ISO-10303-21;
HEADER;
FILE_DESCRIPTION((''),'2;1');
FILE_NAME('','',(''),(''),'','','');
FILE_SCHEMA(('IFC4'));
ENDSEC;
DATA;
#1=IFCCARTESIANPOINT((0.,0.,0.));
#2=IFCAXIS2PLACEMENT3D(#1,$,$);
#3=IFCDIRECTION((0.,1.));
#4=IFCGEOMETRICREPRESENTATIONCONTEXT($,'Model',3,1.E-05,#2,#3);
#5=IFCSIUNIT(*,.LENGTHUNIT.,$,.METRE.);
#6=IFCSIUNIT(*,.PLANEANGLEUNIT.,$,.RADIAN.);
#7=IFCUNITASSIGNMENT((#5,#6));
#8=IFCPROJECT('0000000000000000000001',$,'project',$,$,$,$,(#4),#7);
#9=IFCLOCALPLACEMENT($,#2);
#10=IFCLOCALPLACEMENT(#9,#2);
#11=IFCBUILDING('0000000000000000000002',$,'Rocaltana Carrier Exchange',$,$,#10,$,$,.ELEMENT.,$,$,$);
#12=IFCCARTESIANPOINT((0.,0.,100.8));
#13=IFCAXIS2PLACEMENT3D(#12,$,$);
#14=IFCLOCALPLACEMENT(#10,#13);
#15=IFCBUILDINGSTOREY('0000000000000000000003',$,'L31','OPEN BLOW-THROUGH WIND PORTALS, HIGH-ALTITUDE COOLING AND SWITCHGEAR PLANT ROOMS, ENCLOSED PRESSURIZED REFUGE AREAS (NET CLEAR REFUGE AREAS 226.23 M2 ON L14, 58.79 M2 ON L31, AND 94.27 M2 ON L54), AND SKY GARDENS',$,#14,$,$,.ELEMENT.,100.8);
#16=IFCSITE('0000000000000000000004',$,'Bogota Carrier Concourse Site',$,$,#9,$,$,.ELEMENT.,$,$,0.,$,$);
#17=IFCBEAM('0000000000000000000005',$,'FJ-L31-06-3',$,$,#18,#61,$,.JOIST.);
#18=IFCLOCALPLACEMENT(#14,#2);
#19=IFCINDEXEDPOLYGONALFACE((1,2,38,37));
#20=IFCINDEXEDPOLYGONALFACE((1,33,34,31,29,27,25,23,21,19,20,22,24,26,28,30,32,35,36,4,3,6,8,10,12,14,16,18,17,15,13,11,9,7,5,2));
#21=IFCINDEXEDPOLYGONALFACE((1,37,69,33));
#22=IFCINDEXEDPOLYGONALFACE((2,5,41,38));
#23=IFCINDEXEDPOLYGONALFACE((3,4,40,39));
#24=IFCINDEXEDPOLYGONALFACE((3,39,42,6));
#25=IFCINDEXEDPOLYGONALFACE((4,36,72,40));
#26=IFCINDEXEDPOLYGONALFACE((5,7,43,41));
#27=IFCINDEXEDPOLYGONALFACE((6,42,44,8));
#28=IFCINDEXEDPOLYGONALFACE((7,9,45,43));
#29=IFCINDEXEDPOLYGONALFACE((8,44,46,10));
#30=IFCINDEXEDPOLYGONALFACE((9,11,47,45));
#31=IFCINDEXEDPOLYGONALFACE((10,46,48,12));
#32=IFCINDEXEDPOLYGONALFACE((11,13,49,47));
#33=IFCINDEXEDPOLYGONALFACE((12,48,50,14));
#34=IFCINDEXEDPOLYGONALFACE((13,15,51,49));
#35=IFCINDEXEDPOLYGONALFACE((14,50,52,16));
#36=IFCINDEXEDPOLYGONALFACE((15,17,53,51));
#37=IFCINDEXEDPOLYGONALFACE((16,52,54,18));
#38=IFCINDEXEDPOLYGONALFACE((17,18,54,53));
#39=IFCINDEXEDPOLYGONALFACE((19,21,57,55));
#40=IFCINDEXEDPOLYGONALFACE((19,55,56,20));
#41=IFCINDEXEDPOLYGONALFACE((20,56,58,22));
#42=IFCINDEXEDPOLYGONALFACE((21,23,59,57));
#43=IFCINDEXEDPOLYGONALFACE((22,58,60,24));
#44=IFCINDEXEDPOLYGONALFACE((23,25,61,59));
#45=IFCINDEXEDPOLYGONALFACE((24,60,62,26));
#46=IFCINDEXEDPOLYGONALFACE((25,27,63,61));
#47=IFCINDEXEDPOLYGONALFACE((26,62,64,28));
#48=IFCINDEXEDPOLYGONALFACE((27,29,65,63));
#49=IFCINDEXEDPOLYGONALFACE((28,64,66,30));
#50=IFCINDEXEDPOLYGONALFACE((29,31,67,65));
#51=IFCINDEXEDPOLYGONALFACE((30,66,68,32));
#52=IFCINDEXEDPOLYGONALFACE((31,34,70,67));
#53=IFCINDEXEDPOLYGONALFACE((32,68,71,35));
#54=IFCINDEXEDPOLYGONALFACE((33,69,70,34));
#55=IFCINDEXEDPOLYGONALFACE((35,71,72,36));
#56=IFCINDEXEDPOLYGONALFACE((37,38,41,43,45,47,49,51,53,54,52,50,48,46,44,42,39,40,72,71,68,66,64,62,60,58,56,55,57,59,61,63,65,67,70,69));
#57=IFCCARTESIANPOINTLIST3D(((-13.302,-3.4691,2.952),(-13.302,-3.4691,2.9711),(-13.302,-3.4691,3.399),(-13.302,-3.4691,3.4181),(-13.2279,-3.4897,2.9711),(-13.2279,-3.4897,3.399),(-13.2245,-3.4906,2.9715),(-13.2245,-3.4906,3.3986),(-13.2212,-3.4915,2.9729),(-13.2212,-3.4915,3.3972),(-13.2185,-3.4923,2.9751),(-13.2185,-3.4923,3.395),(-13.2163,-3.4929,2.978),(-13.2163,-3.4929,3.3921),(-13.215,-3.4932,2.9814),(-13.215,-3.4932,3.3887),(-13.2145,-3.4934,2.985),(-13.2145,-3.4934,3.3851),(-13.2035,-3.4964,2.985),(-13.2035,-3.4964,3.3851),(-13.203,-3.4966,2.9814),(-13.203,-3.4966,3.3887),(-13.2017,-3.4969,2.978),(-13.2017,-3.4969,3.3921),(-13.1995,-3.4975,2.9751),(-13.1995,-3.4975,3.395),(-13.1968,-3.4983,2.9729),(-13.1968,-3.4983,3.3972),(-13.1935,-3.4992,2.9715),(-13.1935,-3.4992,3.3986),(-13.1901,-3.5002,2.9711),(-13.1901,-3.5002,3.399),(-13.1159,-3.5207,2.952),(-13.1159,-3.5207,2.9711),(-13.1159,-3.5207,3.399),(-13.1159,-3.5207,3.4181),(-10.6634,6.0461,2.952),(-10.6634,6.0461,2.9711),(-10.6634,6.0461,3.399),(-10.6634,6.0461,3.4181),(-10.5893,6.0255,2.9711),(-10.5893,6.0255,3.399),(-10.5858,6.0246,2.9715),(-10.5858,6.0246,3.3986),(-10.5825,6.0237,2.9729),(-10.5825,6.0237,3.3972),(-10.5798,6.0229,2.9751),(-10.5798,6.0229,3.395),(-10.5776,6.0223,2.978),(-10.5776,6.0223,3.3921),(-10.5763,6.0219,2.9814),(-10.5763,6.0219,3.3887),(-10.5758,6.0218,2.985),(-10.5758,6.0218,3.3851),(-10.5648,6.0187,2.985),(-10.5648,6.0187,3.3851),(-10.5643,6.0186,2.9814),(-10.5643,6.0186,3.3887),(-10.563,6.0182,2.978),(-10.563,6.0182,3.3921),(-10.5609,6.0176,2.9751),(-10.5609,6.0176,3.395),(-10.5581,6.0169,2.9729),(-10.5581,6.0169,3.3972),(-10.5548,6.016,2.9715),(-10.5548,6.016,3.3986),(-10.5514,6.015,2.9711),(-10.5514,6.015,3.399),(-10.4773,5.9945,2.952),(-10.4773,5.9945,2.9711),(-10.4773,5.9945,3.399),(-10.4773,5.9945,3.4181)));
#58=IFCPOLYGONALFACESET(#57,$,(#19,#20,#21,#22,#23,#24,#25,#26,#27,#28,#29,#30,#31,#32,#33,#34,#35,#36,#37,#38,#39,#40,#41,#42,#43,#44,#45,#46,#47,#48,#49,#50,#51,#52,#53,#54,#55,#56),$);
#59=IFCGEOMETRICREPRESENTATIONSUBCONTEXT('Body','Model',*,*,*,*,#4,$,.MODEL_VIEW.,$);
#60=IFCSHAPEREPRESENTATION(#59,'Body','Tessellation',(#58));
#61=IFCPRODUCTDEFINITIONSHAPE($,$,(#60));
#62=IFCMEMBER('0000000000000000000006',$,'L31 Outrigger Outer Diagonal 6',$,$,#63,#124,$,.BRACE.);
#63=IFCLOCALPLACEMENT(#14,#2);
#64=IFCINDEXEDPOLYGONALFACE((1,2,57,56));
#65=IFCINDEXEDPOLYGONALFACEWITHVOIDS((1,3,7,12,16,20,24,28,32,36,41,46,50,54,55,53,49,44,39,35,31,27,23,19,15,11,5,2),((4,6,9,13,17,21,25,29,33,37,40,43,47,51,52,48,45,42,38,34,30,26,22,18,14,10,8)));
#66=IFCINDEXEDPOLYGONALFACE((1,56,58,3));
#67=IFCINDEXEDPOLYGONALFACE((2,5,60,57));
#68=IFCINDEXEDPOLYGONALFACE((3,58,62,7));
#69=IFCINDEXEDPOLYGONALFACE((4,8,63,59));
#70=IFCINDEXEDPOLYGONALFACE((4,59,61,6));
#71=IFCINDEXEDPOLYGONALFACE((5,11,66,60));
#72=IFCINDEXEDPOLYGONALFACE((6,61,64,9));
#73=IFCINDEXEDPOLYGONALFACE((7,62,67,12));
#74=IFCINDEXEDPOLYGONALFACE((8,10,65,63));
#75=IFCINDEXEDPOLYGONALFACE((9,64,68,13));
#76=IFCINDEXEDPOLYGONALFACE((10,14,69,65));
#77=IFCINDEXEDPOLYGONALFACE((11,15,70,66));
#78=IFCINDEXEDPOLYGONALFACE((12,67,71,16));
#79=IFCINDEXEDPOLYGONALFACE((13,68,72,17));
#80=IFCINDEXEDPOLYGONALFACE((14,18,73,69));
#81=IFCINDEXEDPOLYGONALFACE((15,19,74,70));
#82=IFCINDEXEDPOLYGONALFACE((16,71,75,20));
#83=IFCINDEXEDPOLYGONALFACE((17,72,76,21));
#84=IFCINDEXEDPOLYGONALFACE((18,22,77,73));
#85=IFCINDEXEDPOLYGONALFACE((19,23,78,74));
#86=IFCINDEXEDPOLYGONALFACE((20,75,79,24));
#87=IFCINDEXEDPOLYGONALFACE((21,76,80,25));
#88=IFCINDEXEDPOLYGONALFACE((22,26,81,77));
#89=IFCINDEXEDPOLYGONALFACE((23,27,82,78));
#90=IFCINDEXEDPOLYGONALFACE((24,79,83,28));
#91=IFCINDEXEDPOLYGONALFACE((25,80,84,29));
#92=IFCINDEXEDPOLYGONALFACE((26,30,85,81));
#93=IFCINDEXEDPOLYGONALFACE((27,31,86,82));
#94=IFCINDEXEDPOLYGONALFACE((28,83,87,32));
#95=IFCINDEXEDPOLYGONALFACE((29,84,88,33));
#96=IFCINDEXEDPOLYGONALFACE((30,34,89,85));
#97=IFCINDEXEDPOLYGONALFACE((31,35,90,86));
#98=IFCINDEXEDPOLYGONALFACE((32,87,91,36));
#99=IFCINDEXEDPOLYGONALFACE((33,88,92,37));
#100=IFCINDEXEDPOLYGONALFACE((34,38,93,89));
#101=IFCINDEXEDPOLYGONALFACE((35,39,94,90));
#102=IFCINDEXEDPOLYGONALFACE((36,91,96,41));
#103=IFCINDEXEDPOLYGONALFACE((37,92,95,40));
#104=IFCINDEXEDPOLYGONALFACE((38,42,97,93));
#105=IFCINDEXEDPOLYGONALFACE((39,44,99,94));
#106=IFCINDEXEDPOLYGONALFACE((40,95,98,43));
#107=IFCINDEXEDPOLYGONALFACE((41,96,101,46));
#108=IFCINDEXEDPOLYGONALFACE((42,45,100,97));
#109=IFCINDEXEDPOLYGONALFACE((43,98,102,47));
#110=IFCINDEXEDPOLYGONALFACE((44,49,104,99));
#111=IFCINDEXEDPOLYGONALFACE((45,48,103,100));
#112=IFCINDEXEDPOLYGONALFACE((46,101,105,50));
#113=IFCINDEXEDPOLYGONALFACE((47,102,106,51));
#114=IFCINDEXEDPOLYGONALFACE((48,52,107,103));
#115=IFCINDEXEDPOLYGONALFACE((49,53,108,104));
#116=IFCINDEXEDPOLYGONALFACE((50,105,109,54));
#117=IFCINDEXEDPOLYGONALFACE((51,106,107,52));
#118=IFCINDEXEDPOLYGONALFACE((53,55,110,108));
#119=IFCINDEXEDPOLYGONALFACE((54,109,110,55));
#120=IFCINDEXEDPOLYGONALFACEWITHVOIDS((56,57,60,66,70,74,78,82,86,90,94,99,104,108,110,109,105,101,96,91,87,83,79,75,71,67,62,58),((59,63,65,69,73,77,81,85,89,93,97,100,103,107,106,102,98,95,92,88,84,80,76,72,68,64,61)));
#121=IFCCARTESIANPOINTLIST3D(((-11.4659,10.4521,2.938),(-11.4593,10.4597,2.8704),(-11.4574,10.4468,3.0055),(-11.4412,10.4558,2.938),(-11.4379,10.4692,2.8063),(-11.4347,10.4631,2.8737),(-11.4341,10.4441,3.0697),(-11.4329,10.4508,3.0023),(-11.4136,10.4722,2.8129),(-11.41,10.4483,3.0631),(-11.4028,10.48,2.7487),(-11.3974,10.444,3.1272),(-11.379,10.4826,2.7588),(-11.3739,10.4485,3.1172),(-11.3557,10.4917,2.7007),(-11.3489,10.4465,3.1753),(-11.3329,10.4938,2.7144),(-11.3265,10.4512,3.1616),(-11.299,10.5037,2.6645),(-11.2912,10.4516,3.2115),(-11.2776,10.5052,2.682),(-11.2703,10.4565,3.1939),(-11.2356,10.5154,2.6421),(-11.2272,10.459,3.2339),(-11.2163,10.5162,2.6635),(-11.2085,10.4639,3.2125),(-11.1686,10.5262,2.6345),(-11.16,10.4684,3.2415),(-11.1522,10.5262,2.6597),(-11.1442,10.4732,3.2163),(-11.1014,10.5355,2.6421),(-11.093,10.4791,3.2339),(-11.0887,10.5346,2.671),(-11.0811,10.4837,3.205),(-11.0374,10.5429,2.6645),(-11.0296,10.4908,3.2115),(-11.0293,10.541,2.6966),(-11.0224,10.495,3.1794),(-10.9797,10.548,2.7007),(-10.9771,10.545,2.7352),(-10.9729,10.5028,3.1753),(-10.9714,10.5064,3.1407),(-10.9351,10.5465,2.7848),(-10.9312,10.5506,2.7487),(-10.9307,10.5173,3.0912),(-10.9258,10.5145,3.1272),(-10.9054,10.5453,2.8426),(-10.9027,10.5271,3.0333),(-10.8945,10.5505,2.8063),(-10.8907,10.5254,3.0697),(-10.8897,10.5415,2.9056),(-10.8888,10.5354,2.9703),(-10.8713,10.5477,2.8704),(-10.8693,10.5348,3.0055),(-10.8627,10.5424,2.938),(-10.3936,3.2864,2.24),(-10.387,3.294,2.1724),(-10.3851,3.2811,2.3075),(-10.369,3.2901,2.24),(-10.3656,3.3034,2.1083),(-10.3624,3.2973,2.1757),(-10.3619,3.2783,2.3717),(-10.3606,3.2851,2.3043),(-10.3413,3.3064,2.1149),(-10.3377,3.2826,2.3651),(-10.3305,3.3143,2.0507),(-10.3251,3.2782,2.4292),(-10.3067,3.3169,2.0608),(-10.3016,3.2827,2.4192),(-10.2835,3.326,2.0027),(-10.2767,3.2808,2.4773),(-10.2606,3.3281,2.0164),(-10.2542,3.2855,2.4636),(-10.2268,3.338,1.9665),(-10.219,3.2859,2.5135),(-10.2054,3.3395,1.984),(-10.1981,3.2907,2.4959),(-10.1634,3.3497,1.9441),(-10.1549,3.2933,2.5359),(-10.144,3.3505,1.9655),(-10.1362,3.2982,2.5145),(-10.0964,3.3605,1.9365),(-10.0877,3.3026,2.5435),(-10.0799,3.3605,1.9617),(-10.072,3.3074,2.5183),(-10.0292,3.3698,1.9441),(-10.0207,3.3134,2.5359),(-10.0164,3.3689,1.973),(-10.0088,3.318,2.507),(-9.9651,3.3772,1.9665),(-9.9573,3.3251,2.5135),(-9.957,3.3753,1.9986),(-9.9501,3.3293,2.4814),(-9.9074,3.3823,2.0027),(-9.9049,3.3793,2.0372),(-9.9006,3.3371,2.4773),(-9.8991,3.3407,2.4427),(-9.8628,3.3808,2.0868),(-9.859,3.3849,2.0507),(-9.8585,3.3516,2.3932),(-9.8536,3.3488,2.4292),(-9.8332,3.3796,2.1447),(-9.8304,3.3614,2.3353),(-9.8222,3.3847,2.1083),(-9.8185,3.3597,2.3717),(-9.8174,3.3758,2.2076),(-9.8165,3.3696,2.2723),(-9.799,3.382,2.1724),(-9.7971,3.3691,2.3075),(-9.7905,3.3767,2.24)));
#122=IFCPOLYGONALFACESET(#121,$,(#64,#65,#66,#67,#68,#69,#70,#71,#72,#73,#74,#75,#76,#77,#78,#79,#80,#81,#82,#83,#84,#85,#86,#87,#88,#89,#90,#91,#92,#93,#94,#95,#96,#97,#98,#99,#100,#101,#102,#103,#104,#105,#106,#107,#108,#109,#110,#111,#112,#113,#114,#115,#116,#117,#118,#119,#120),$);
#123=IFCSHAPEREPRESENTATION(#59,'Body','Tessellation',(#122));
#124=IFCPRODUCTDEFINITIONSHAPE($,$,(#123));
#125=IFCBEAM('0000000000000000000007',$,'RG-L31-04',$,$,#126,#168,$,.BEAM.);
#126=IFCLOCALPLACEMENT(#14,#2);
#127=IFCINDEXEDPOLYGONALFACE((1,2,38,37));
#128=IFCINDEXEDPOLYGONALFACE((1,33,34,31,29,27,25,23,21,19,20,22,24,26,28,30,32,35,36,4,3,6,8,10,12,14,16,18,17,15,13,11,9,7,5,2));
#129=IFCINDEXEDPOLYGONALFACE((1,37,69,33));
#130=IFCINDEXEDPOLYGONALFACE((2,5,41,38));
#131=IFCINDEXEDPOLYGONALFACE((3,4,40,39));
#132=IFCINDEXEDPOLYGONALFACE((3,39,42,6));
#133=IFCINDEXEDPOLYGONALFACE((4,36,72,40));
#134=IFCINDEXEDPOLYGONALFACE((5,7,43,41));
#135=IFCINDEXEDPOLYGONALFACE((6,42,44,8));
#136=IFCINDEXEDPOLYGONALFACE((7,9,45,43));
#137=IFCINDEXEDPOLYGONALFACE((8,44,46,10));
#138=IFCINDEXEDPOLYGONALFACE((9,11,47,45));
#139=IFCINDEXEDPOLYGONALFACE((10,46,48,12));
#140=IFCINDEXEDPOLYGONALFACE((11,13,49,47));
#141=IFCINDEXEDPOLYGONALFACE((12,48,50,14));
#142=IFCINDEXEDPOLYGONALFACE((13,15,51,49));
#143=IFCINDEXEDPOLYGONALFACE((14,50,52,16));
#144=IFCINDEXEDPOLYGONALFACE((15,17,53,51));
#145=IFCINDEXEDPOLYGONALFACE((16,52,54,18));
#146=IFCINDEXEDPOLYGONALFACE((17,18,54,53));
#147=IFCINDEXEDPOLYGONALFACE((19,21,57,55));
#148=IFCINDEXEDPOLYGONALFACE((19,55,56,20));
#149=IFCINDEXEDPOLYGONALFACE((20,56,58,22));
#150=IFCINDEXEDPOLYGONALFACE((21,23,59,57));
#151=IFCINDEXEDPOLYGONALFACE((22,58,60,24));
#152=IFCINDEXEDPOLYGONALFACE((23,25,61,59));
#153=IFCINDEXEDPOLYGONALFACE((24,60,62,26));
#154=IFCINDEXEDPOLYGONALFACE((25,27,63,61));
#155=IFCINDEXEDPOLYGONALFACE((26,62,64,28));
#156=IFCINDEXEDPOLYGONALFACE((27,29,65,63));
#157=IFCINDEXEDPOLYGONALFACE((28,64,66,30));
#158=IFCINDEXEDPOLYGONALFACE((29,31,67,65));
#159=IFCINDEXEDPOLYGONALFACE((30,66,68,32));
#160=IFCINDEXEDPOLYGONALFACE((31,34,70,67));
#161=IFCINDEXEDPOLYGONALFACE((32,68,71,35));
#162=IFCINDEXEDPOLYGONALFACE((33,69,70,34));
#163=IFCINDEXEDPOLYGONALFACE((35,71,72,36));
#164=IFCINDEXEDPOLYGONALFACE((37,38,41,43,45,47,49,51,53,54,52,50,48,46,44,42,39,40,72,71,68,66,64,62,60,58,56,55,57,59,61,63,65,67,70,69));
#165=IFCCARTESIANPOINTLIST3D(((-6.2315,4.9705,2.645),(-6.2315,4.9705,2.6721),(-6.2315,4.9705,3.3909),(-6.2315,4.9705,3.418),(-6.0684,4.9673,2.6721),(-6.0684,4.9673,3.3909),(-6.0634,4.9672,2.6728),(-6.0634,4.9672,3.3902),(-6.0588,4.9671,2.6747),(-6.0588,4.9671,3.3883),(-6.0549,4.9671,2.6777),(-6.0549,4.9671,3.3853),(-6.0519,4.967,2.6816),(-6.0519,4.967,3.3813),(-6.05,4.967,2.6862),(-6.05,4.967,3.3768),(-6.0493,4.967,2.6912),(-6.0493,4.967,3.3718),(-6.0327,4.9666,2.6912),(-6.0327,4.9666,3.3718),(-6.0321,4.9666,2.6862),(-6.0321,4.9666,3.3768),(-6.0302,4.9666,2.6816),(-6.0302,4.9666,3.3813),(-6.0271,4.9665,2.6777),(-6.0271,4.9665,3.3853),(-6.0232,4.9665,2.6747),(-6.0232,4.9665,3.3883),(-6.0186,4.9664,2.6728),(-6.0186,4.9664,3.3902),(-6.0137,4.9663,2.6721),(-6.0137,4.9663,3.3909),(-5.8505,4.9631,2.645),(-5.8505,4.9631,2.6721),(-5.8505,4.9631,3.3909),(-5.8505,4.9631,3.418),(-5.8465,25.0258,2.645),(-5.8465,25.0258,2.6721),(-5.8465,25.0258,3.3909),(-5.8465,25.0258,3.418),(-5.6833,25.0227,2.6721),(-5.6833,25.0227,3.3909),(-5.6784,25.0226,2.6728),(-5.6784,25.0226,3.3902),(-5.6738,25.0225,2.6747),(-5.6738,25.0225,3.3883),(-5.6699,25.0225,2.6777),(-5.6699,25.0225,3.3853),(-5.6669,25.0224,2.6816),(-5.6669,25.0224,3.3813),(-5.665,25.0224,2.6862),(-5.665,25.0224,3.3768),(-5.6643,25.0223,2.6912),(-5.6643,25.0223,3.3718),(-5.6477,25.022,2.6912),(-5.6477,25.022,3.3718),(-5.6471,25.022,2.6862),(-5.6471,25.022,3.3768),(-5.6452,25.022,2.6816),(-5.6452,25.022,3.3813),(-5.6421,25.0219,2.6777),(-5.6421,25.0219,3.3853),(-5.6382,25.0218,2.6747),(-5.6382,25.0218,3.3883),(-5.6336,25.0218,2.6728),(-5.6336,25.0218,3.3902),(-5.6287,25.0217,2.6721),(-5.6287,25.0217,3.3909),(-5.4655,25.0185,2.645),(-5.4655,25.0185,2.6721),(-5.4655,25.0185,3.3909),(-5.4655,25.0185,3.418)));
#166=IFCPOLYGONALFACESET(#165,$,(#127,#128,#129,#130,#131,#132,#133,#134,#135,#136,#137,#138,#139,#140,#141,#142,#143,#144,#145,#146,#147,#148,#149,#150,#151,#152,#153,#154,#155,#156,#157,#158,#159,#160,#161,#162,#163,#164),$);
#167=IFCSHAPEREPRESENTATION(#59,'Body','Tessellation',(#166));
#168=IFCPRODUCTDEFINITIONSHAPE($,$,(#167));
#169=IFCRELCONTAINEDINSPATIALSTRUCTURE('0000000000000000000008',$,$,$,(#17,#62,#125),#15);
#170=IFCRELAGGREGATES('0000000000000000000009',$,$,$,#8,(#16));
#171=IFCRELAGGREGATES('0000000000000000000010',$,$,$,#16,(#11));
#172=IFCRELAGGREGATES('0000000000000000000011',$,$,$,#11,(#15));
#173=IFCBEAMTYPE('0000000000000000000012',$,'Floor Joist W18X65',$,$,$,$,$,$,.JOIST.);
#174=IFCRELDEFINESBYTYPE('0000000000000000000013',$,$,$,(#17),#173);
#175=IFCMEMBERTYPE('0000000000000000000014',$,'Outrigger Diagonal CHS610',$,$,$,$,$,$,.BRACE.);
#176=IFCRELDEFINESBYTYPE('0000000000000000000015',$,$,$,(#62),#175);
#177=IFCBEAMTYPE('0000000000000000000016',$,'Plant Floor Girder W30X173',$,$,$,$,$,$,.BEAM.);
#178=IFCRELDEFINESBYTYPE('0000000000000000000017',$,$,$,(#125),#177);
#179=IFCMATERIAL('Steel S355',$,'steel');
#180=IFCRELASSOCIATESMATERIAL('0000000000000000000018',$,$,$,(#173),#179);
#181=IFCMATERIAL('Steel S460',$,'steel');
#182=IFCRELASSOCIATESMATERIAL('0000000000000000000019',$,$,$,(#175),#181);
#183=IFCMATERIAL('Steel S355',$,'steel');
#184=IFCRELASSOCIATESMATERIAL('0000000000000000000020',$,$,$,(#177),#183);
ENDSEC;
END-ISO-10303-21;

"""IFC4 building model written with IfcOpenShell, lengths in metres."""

from ifc_helpers import new_model, si_unit, direction, frame, origin, origin_2d, place, context, subcontext, project, spatial, hollow_circle, i_section, extrude, material, material_profile, profile_set, type_object, element, save


model = new_model("IFC4")

# Units and contexts
model_context = context("Model", 3, precision=1e-05, world=origin(), true_north=direction((0.0, 1.0)))
body_context = subcontext(model_context, "Body", "Model", "MODEL_VIEW")
ifc_project = project(units=[si_unit("LENGTHUNIT", "METRE"), si_unit("PLANEANGLEUNIT", "RADIAN")], contexts=[model_context])

# Site, building, storey
site_placement = place(None, origin())
site = spatial("IfcSite", under=ifc_project, at=site_placement, Name="Bogota Carrier Concourse Site", CompositionType="ELEMENT", RefElevation=0.0)
building_placement = place(site_placement, origin())
building = spatial("IfcBuilding", under=site, at=building_placement, Name="Rocaltana Carrier Exchange", CompositionType="ELEMENT")
storey_placement = place(building_placement, frame((0.0, 0.0, 100.8)))
storey = spatial("IfcBuildingStorey", under=building, at=storey_placement, Name="L31", Description="OPEN BLOW-THROUGH WIND PORTALS, HIGH-ALTITUDE COOLING AND SWITCHGEAR PLANT ROOMS, ENCLOSED PRESSURIZED REFUGE AREAS (NET CLEAR REFUGE AREAS 226.23 M2 ON L14, 58.79 M2 ON L31, AND 94.27 M2 ON L54), AND SKY GARDENS", CompositionType="ELEMENT", Elevation=100.8)

# Beam
ifc_material_1 = material(Name="Steel S355", Category="steel")
ifc_material_profile_1 = material_profile(ifc_material_1, i_section(OverallWidth=0.1931, OverallDepth=0.4661, WebThickness=0.0115, FlangeThickness=0.019, FilletRadius=0.0139, at=origin_2d()), Name="W18X65")
ifc_profile_set_1 = profile_set([ifc_material_profile_1], Name="Steel S355")
beam_type_1 = type_object("IfcBeamType", Name="Floor Joist W18X65", PredefinedType="JOIST", material=ifc_profile_set_1)
beam_1_placement = place(storey_placement, frame((-10.5703, 6.0203, 3.1851), z_axis=(-0.267228, -0.963633, 0.0), x_axis=(0.963633, -0.267228, 0.0)))
element("IfcBeam", 1, at=beam_1_placement, inside=storey, type_object=beam_type_1, Name="FJ-L31-06-3", PredefinedType="JOIST", context=body_context, shape_type="SweptSolid", body=[
    extrude(i_section(OverallWidth=0.1931, OverallDepth=0.4661, WebThickness=0.0115, FlangeThickness=0.019, FilletRadius=0.0139, at=origin_2d()), origin(), (0.0, 0.0, 1.0), 9.8743),
])

# Member
ifc_material_2 = material(Name="Steel S460", Category="steel")
ifc_material_profile_2 = material_profile(ifc_material_2, hollow_circle(Radius=0.3049, WallThickness=0.0249, at=origin_2d()), Name="CHS610X25")
ifc_profile_set_2 = profile_set([ifc_material_profile_2], Name="Steel S460")
member_type_1 = type_object("IfcMemberType", Name="Outrigger Diagonal CHS610", PredefinedType="BRACE", material=ifc_profile_set_2)
member_1_placement = place(storey_placement, frame((-10.092, 3.3315, 2.24), z_axis=(-0.147308, 0.984432, 0.095891), x_axis=(-0.988989, -0.147989, 0.0)))
element("IfcMember", 2, at=member_1_placement, inside=storey, type_object=member_type_1, Name="L31 Outrigger Outer Diagonal 6", PredefinedType="BRACE", context=body_context, shape_type="SweptSolid", body=[
    extrude(hollow_circle(Radius=0.3049, WallThickness=0.0249, at=origin_2d()), origin(), (0.0, 0.0, 1.0), 7.2791),
])

# Beam
ifc_material_3 = material(Name="Steel S355", Category="steel")
ifc_material_profile_3 = material_profile(ifc_material_3, i_section(OverallWidth=0.3811, OverallDepth=0.7729, WebThickness=0.0166, FlangeThickness=0.0271, FilletRadius=0.019, at=origin_2d()), Name="W30X173")
ifc_profile_set_3 = profile_set([ifc_material_profile_3], Name="Steel S355")
beam_type_2 = type_object("IfcBeamType", Name="Plant Floor Girder W30X173", PredefinedType="BEAM", material=ifc_profile_set_3)
beam_2_placement = place(storey_placement, frame((-6.041, 4.9668, 3.0315), z_axis=(0.019194, 0.999816, 0.0), x_axis=(-0.999816, 0.019194, 0.0)))
element("IfcBeam", 3, at=beam_2_placement, inside=storey, type_object=beam_type_2, Name="RG-L31-04", PredefinedType="BEAM", context=body_context, shape_type="SweptSolid", body=[
    extrude(i_section(OverallWidth=0.3811, OverallDepth=0.7729, WebThickness=0.0166, FlangeThickness=0.0271, FilletRadius=0.019, at=origin_2d()), origin(), (0.0, 0.0, 1.0), 20.0591),
])

save(model, "model.ifc")
